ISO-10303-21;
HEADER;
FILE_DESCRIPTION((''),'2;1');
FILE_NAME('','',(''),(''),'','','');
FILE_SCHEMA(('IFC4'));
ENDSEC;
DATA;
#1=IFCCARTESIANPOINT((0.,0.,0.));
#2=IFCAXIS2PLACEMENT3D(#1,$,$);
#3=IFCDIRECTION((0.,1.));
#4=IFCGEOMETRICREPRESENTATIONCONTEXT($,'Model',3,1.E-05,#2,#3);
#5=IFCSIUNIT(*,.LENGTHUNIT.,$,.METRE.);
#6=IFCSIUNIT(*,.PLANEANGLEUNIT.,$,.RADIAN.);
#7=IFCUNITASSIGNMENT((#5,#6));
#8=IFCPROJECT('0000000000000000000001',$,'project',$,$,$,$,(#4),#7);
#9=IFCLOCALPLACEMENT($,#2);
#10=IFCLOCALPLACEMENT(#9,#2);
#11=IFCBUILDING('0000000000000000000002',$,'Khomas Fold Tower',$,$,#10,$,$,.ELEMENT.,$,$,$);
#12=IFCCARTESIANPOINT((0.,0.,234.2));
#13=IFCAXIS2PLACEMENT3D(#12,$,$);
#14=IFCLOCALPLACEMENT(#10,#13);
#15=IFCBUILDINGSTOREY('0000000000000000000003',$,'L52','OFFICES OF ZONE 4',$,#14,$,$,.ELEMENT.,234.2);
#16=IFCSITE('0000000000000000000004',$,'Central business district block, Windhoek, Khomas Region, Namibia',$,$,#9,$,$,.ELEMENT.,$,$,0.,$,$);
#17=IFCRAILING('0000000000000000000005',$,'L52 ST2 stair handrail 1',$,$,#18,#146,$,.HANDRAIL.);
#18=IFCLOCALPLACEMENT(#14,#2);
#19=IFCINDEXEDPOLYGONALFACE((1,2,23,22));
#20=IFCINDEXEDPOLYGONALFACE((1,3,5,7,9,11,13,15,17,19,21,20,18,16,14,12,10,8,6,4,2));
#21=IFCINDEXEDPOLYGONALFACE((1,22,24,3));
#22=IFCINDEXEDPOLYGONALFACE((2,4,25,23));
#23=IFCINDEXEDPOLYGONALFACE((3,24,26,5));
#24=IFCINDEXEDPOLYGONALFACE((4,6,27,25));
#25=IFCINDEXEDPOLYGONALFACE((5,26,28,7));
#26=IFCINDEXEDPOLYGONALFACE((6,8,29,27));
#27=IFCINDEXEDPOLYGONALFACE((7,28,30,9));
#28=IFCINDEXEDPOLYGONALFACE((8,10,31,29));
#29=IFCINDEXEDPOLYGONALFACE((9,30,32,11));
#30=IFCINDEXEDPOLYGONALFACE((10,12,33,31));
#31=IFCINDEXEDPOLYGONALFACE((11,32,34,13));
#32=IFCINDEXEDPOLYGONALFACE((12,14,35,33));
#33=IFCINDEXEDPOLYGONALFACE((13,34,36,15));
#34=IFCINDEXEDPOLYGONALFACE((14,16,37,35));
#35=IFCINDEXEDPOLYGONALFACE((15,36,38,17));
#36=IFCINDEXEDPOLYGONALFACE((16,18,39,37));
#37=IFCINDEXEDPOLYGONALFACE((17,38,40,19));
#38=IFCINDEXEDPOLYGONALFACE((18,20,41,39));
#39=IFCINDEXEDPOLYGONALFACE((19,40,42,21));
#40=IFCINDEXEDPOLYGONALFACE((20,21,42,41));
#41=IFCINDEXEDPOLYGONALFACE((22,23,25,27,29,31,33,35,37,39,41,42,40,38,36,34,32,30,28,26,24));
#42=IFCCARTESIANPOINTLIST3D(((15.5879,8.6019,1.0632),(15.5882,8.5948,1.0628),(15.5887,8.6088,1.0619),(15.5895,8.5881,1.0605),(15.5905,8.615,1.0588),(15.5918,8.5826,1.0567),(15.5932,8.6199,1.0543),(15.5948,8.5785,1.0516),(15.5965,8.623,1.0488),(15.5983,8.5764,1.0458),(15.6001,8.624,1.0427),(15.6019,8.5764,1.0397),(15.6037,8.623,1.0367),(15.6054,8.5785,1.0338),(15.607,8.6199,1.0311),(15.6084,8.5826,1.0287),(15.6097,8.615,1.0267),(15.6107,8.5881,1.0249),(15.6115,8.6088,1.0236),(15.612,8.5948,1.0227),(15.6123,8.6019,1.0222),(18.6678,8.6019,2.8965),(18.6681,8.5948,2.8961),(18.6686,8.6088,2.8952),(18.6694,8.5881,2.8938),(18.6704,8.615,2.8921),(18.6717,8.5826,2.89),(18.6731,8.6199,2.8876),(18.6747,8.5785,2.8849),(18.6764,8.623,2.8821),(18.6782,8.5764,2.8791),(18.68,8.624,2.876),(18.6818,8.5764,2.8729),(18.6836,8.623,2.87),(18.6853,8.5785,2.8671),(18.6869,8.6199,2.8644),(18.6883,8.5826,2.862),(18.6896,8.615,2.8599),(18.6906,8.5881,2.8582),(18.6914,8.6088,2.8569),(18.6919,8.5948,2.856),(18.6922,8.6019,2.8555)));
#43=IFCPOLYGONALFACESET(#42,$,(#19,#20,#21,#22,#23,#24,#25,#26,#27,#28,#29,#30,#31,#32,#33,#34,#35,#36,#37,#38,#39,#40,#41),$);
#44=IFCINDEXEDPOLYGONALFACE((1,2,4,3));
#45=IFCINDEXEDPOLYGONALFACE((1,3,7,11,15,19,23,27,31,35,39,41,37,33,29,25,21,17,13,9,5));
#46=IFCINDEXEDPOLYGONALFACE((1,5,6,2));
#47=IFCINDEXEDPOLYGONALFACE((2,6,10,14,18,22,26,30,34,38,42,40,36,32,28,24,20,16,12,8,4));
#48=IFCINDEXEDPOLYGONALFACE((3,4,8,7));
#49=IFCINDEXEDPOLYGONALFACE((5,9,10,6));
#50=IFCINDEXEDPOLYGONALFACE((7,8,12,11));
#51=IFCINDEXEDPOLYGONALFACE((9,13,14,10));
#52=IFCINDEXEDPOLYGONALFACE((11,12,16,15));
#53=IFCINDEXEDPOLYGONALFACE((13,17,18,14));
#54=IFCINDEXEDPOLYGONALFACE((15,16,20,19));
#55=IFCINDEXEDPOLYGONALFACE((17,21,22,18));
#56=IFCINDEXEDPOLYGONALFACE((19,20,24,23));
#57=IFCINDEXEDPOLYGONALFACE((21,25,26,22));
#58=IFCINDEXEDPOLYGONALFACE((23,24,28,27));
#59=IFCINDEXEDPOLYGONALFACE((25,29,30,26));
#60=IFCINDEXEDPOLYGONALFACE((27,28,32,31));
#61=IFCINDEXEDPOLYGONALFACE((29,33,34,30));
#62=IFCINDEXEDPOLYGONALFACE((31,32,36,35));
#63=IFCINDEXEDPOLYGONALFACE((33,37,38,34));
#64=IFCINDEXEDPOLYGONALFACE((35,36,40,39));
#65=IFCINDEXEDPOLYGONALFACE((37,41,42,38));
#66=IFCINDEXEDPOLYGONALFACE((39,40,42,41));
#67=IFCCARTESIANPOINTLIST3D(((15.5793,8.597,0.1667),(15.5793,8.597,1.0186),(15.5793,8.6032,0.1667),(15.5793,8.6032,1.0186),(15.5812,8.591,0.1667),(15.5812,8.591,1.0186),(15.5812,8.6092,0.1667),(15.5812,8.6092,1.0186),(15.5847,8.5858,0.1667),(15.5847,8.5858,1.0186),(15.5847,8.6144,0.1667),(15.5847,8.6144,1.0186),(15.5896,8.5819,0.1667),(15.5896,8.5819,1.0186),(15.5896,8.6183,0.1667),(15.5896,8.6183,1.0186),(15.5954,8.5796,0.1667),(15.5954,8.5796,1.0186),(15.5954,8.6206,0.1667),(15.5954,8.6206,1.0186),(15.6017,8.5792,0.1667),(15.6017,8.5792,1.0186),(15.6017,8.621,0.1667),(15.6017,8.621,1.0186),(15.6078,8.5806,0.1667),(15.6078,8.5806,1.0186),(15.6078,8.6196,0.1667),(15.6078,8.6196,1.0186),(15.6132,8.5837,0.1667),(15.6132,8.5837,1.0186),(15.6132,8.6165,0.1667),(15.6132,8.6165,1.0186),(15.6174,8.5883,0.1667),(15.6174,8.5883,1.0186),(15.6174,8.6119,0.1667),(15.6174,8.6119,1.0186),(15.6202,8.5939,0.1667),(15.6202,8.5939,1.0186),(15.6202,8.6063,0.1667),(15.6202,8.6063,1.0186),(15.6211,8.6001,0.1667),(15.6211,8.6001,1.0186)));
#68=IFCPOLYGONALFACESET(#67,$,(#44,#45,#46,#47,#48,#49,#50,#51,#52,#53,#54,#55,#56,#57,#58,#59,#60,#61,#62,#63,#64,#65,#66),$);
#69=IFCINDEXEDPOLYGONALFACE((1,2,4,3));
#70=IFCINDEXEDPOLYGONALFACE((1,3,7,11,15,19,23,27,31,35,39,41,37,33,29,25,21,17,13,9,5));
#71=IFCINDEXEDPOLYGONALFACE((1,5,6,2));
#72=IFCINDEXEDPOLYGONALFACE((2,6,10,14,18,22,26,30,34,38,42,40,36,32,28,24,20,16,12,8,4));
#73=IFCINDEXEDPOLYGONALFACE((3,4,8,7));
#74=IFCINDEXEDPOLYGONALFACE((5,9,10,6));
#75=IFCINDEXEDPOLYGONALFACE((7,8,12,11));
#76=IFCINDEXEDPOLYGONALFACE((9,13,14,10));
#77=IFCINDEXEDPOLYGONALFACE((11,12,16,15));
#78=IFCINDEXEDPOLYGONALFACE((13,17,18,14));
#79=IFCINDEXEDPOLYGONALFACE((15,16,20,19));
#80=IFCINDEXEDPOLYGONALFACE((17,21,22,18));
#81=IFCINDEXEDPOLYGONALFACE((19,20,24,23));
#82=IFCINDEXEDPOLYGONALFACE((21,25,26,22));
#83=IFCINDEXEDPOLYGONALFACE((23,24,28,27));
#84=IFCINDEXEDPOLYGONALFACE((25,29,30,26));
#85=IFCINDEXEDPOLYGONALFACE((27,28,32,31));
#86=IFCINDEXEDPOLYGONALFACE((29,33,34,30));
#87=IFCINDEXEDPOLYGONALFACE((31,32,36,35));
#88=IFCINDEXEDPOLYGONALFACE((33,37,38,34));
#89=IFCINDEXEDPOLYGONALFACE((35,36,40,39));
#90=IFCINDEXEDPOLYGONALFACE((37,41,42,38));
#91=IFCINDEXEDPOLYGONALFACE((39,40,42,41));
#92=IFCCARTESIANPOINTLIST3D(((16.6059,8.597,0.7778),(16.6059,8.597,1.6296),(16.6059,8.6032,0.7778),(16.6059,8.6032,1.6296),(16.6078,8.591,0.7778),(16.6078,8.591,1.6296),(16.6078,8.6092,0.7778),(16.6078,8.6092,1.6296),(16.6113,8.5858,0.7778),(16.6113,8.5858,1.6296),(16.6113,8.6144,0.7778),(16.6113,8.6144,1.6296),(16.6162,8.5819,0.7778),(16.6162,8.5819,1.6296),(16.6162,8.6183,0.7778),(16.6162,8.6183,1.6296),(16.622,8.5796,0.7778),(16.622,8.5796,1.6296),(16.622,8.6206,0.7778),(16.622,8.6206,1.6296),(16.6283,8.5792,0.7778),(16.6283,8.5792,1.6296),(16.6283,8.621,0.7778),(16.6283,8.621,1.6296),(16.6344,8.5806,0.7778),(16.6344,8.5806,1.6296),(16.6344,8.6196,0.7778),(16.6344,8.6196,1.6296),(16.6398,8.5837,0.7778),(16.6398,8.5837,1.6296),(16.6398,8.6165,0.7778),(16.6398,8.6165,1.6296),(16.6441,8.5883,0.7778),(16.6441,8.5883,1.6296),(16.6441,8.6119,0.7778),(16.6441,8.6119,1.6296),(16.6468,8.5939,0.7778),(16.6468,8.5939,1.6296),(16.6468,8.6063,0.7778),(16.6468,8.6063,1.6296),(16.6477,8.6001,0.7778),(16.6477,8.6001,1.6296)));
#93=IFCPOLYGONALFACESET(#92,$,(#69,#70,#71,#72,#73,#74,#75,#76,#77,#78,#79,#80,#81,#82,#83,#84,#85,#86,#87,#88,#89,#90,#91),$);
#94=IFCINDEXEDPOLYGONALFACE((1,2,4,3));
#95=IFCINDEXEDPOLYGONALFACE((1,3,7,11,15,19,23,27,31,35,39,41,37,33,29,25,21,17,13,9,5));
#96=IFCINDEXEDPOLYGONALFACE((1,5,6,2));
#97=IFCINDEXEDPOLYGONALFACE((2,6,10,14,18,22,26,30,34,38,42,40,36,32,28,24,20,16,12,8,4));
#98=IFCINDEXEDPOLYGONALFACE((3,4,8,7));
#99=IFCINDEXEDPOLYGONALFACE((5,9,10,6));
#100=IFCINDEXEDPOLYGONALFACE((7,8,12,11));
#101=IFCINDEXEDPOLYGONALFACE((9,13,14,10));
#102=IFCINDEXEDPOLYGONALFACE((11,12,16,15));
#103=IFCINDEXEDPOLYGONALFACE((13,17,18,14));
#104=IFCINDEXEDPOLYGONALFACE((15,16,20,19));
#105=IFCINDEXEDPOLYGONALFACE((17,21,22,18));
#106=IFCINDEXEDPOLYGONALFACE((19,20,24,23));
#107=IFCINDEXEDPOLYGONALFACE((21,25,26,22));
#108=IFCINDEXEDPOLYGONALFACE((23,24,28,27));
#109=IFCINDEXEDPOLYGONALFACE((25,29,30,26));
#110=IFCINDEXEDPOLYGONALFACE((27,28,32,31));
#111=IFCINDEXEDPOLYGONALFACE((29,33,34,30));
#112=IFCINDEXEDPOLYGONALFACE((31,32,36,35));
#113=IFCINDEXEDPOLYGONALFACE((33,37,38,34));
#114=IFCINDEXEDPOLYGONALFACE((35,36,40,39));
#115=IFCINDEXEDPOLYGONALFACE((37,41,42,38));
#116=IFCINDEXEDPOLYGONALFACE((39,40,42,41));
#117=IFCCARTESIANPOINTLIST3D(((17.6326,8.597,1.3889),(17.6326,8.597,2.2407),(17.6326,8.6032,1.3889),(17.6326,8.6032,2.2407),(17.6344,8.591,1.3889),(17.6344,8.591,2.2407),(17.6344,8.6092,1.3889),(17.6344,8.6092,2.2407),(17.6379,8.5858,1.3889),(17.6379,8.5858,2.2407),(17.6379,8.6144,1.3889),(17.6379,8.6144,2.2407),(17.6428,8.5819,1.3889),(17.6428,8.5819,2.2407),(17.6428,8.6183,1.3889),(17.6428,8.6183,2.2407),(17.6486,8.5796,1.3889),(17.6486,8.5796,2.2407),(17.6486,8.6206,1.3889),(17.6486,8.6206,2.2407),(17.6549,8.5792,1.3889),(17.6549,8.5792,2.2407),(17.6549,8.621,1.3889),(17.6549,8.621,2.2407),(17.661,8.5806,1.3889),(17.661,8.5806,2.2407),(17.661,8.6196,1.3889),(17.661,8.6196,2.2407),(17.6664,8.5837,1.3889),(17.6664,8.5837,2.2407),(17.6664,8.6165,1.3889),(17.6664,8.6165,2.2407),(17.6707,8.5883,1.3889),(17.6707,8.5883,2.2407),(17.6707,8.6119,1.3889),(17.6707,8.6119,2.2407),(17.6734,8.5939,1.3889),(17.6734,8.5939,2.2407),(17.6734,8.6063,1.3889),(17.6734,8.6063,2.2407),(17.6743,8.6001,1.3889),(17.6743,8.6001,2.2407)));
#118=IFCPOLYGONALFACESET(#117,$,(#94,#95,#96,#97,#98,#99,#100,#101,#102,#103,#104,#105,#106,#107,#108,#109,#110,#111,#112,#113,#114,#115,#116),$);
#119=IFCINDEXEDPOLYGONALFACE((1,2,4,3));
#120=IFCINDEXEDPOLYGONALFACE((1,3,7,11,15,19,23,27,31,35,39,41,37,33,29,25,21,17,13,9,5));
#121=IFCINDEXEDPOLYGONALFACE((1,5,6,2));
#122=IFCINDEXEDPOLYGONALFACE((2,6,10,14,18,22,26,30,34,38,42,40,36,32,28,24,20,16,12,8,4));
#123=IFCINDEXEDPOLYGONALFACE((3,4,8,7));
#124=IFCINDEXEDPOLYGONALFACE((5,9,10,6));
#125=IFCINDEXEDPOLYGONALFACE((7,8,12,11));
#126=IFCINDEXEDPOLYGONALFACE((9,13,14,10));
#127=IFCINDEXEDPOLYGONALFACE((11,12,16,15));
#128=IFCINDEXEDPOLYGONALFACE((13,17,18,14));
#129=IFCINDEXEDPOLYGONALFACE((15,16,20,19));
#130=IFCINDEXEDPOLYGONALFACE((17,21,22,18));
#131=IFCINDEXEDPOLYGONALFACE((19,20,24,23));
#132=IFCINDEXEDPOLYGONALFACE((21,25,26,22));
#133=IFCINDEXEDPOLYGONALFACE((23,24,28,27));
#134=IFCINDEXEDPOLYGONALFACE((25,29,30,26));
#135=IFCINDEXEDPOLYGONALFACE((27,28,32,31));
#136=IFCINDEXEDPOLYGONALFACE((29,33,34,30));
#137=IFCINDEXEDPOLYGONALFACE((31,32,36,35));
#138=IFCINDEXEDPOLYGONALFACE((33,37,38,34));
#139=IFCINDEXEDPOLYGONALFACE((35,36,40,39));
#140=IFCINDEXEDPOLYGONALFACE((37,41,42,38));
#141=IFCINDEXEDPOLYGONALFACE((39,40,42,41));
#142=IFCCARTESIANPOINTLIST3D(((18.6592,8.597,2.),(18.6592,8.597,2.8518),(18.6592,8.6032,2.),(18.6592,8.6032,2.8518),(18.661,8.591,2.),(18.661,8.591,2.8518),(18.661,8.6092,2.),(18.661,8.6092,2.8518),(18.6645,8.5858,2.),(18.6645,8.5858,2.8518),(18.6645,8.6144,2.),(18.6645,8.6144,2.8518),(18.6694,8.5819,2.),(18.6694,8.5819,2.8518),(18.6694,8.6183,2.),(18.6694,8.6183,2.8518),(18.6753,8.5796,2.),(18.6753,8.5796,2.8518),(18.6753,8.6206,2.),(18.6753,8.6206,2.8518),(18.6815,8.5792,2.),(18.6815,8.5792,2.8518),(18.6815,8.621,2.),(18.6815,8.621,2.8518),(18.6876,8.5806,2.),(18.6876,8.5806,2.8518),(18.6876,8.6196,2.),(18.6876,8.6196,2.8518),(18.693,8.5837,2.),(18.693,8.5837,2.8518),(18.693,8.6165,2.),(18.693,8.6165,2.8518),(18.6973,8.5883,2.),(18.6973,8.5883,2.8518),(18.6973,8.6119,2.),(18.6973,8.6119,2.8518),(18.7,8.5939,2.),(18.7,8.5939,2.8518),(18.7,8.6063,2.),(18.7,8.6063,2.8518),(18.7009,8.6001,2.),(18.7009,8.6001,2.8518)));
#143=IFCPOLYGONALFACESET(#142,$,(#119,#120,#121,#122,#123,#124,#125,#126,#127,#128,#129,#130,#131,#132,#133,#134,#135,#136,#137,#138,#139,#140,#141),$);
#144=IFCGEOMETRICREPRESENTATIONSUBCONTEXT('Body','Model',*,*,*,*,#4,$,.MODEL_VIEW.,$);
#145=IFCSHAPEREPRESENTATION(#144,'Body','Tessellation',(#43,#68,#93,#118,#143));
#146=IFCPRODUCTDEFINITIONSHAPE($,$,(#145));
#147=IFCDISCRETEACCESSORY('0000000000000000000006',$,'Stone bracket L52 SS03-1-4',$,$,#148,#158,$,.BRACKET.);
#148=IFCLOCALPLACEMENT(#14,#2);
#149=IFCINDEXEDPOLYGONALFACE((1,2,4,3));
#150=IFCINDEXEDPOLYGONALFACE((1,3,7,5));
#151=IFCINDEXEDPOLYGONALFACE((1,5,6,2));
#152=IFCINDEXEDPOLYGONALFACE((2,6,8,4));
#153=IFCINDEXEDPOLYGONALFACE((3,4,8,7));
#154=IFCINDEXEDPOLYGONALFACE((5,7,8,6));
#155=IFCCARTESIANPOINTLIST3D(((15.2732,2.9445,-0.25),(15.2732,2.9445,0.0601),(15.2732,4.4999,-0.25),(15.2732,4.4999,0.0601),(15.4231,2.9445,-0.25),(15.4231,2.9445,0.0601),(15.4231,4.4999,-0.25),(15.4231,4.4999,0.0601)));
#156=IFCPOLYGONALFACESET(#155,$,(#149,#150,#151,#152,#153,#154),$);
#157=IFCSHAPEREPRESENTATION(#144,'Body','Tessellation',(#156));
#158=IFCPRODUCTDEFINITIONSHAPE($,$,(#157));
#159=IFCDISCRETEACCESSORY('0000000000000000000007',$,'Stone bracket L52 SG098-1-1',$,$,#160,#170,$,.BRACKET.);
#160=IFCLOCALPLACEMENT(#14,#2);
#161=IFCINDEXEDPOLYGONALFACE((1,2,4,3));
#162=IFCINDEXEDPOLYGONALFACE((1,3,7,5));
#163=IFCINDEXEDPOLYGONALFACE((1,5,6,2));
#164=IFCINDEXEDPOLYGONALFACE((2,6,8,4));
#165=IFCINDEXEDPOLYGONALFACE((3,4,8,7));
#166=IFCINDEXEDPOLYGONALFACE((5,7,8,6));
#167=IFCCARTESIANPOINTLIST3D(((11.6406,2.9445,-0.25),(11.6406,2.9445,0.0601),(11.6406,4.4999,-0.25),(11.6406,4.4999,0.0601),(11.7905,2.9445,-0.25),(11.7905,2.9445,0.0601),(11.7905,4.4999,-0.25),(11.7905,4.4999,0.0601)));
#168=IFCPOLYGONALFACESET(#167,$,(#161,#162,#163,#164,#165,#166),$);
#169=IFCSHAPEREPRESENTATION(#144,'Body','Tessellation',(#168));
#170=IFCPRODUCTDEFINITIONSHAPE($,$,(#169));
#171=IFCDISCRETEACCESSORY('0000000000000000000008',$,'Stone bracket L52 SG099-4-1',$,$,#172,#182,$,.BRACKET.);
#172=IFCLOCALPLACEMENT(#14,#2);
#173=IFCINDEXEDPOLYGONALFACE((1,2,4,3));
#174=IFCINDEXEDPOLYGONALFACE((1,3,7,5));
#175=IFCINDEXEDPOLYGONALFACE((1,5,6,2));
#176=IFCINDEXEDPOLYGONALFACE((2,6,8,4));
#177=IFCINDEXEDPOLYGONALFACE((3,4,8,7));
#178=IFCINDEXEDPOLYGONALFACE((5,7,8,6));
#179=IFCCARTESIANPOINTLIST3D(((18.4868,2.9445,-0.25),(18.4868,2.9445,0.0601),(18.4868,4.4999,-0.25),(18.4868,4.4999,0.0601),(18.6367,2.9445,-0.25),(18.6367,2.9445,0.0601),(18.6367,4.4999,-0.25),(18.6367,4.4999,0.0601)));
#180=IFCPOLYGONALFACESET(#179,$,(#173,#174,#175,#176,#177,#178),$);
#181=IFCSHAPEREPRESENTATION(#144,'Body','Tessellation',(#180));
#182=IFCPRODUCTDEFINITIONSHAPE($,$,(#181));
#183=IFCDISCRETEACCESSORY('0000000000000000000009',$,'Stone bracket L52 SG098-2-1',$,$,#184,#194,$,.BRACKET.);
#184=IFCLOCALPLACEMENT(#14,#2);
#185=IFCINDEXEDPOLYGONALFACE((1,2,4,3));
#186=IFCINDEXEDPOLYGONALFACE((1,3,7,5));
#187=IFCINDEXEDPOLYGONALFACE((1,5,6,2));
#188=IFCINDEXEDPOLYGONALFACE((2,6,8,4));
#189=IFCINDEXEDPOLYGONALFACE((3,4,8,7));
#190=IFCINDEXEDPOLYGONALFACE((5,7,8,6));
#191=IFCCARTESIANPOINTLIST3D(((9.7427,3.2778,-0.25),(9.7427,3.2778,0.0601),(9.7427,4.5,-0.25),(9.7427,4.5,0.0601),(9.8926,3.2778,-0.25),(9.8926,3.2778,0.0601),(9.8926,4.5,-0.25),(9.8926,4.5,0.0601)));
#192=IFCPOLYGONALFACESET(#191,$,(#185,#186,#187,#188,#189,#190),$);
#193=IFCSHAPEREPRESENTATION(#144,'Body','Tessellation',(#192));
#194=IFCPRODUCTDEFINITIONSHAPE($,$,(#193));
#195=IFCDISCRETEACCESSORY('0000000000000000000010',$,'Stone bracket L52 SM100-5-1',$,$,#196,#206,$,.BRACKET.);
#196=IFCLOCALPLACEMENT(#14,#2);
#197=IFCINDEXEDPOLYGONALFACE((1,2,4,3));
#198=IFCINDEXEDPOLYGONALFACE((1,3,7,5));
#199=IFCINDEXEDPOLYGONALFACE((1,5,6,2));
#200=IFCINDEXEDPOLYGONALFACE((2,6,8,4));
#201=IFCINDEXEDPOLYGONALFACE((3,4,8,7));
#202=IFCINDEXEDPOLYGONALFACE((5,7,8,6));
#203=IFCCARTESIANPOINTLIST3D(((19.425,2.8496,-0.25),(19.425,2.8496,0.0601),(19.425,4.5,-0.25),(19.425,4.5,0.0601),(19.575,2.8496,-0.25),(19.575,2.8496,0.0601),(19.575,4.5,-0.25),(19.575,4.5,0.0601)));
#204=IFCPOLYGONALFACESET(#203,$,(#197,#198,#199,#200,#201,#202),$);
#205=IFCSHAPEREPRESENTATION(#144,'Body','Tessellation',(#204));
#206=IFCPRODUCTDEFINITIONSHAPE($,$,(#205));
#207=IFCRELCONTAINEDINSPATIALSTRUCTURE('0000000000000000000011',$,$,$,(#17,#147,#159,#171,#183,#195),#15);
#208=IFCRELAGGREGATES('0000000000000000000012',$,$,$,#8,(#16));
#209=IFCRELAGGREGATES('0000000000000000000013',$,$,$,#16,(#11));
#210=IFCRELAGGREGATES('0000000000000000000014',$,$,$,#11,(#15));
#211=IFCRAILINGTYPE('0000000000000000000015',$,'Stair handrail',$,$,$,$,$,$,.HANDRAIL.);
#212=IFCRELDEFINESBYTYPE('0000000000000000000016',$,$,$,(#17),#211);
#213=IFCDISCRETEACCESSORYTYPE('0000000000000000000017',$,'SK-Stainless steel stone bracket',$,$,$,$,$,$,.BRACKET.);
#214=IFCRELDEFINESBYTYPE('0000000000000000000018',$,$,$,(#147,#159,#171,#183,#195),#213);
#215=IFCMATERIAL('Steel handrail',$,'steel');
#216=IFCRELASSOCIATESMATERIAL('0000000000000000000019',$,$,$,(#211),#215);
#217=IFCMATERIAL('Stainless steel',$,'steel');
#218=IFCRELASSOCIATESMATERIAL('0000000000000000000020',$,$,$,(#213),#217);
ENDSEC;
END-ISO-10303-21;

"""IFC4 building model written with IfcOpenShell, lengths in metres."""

from ifc_helpers import new_model, si_unit, direction, frame, origin, origin_2d, place, context, subcontext, project, spatial, rectangle, circle, extrude, source, transform, mapped, material, type_object, element, save


model = new_model("IFC4")

# Units and contexts
model_context = context("Model", 3, precision=1e-05, world=origin(), true_north=direction((0.0, 1.0)))
body_context = subcontext(model_context, "Body", "Model", "MODEL_VIEW")
ifc_project = project(units=[si_unit("LENGTHUNIT", "METRE"), si_unit("PLANEANGLEUNIT", "RADIAN")], contexts=[model_context])

# Site, building, storey
site_placement = place(None, origin())
site = spatial("IfcSite", under=ifc_project, at=site_placement, Name="Central business district block, Windhoek, Khomas Region, Namibia", CompositionType="ELEMENT", RefElevation=0.0)
building_placement = place(site_placement, origin())
building = spatial("IfcBuilding", under=site, at=building_placement, Name="Khomas Fold Tower", CompositionType="ELEMENT")
storey_placement = place(building_placement, frame((0.0, 0.0, 234.2)))
storey = spatial("IfcBuildingStorey", under=building, at=storey_placement, Name="L52", Description="OFFICES OF ZONE 4", CompositionType="ELEMENT", Elevation=234.2)

# Railing
ifc_material_1 = material(Name="Steel handrail", Category="steel")
railing_type_1 = type_object("IfcRailingType", Name="Stair handrail", PredefinedType="HANDRAIL", material=ifc_material_1)
shared_shape_1 = source(origin(), body_context, "Body", "SweptSolid", [
    extrude(circle(Radius=0.0239, at=origin_2d()), frame((0.0, 0.0, 0.876), z_axis=(0.859291, 0.0, 0.511487), x_axis=(0.0, 1.0, 0.0)), (0.0, 0.0, 1.0), 3.5842),
    extrude(circle(Radius=0.021, at=origin_2d()), origin(), (0.0, 0.0, 1.0), 0.8518),
    extrude(circle(Radius=0.021, at=origin_2d()), frame((1.0266, 0.0, 0.6111)), (0.0, 0.0, 1.0), 0.8518),
    extrude(circle(Radius=0.021, at=origin_2d()), frame((2.0532, 0.0, 1.2222)), (0.0, 0.0, 1.0), 0.8518),
    extrude(circle(Radius=0.021, at=origin_2d()), frame((3.0798, 0.0, 1.8333)), (0.0, 0.0, 1.0), 0.8518),
])
railing_1_placement = place(storey_placement, frame((15.6001, 8.6001, 0.1667)))
element("IfcRailing", 1, at=railing_1_placement, inside=storey, type_object=railing_type_1, Name="L52 ST2 stair handrail 1", PredefinedType="HANDRAIL", context=body_context, shape_type="MappedRepresentation", body=[
    mapped(shared_shape_1, transform((0.0, 0.0, 0.0))),
])

# Discrete accessories
ifc_material_2 = material(Name="Stainless steel", Category="steel")
discrete_accessory_type = type_object("IfcDiscreteAccessoryType", Name="SK-Stainless steel stone bracket", PredefinedType="BRACKET", material=ifc_material_2)
shared_shape_2 = source(origin(), body_context, "Body", "SweptSolid", [
    extrude(rectangle(XDim=1.5554, YDim=0.1499, at=origin_2d()), origin(), (0.0, 0.0, 1.0), 0.3101),
])
for number, where, z_axis, x_axis, name in (
    (2, (15.3481, 3.7222, -0.25), (0.0, 0.0, 1.0), (0.0, -1.0, 0.0), "Stone bracket L52 SS03-1-4"),
    (3, (11.7156, 3.7222, -0.25), (0.0, 0.0, 1.0), (0.0, -1.0, 0.0), "Stone bracket L52 SG098-1-1"),
    (4, (18.5618, 3.7222, -0.25), (0.0, 0.0, 1.0), (0.0, -1.0, 0.0), "Stone bracket L52 SG099-4-1"),
):
    element("IfcDiscreteAccessory", number, at=place(storey_placement, frame(where, z_axis=z_axis, x_axis=x_axis)), inside=storey, type_object=discrete_accessory_type, Name=name, PredefinedType="BRACKET", context=body_context, shape_type="MappedRepresentation", body=[
        mapped(shared_shape_2, transform((0.0, 0.0, 0.0))),
    ])
shared_shape_3 = source(origin(), body_context, "Body", "SweptSolid", [
    extrude(rectangle(XDim=1.2222, YDim=0.1499, at=origin_2d()), origin(), (0.0, 0.0, 1.0), 0.3101),
])
discrete_accessory_1_placement = place(storey_placement, frame((9.8176, 3.8889, -0.25), z_axis=(0.0, 0.0, 1.0), x_axis=(0.0, -1.0, 0.0)))
element("IfcDiscreteAccessory", 5, at=discrete_accessory_1_placement, inside=storey, type_object=discrete_accessory_type, Name="Stone bracket L52 SG098-2-1", PredefinedType="BRACKET", context=body_context, shape_type="MappedRepresentation", body=[
    mapped(shared_shape_3, transform((0.0, 0.0, 0.0))),
])
shared_shape_4 = source(origin(), body_context, "Body", "SweptSolid", [
    extrude(rectangle(XDim=1.6504, YDim=0.1499, at=origin_2d()), origin(), (0.0, 0.0, 1.0), 0.3101),
])
discrete_accessory_2_placement = place(storey_placement, frame((19.5, 3.6748, -0.25), z_axis=(0.0, 0.0, 1.0), x_axis=(0.0, -1.0, 0.0)))
element("IfcDiscreteAccessory", 6, at=discrete_accessory_2_placement, inside=storey, type_object=discrete_accessory_type, Name="Stone bracket L52 SM100-5-1", PredefinedType="BRACKET", context=body_context, shape_type="MappedRepresentation", body=[
    mapped(shared_shape_4, transform((0.0, 0.0, 0.0))),
])

save(model, "model.ifc")
